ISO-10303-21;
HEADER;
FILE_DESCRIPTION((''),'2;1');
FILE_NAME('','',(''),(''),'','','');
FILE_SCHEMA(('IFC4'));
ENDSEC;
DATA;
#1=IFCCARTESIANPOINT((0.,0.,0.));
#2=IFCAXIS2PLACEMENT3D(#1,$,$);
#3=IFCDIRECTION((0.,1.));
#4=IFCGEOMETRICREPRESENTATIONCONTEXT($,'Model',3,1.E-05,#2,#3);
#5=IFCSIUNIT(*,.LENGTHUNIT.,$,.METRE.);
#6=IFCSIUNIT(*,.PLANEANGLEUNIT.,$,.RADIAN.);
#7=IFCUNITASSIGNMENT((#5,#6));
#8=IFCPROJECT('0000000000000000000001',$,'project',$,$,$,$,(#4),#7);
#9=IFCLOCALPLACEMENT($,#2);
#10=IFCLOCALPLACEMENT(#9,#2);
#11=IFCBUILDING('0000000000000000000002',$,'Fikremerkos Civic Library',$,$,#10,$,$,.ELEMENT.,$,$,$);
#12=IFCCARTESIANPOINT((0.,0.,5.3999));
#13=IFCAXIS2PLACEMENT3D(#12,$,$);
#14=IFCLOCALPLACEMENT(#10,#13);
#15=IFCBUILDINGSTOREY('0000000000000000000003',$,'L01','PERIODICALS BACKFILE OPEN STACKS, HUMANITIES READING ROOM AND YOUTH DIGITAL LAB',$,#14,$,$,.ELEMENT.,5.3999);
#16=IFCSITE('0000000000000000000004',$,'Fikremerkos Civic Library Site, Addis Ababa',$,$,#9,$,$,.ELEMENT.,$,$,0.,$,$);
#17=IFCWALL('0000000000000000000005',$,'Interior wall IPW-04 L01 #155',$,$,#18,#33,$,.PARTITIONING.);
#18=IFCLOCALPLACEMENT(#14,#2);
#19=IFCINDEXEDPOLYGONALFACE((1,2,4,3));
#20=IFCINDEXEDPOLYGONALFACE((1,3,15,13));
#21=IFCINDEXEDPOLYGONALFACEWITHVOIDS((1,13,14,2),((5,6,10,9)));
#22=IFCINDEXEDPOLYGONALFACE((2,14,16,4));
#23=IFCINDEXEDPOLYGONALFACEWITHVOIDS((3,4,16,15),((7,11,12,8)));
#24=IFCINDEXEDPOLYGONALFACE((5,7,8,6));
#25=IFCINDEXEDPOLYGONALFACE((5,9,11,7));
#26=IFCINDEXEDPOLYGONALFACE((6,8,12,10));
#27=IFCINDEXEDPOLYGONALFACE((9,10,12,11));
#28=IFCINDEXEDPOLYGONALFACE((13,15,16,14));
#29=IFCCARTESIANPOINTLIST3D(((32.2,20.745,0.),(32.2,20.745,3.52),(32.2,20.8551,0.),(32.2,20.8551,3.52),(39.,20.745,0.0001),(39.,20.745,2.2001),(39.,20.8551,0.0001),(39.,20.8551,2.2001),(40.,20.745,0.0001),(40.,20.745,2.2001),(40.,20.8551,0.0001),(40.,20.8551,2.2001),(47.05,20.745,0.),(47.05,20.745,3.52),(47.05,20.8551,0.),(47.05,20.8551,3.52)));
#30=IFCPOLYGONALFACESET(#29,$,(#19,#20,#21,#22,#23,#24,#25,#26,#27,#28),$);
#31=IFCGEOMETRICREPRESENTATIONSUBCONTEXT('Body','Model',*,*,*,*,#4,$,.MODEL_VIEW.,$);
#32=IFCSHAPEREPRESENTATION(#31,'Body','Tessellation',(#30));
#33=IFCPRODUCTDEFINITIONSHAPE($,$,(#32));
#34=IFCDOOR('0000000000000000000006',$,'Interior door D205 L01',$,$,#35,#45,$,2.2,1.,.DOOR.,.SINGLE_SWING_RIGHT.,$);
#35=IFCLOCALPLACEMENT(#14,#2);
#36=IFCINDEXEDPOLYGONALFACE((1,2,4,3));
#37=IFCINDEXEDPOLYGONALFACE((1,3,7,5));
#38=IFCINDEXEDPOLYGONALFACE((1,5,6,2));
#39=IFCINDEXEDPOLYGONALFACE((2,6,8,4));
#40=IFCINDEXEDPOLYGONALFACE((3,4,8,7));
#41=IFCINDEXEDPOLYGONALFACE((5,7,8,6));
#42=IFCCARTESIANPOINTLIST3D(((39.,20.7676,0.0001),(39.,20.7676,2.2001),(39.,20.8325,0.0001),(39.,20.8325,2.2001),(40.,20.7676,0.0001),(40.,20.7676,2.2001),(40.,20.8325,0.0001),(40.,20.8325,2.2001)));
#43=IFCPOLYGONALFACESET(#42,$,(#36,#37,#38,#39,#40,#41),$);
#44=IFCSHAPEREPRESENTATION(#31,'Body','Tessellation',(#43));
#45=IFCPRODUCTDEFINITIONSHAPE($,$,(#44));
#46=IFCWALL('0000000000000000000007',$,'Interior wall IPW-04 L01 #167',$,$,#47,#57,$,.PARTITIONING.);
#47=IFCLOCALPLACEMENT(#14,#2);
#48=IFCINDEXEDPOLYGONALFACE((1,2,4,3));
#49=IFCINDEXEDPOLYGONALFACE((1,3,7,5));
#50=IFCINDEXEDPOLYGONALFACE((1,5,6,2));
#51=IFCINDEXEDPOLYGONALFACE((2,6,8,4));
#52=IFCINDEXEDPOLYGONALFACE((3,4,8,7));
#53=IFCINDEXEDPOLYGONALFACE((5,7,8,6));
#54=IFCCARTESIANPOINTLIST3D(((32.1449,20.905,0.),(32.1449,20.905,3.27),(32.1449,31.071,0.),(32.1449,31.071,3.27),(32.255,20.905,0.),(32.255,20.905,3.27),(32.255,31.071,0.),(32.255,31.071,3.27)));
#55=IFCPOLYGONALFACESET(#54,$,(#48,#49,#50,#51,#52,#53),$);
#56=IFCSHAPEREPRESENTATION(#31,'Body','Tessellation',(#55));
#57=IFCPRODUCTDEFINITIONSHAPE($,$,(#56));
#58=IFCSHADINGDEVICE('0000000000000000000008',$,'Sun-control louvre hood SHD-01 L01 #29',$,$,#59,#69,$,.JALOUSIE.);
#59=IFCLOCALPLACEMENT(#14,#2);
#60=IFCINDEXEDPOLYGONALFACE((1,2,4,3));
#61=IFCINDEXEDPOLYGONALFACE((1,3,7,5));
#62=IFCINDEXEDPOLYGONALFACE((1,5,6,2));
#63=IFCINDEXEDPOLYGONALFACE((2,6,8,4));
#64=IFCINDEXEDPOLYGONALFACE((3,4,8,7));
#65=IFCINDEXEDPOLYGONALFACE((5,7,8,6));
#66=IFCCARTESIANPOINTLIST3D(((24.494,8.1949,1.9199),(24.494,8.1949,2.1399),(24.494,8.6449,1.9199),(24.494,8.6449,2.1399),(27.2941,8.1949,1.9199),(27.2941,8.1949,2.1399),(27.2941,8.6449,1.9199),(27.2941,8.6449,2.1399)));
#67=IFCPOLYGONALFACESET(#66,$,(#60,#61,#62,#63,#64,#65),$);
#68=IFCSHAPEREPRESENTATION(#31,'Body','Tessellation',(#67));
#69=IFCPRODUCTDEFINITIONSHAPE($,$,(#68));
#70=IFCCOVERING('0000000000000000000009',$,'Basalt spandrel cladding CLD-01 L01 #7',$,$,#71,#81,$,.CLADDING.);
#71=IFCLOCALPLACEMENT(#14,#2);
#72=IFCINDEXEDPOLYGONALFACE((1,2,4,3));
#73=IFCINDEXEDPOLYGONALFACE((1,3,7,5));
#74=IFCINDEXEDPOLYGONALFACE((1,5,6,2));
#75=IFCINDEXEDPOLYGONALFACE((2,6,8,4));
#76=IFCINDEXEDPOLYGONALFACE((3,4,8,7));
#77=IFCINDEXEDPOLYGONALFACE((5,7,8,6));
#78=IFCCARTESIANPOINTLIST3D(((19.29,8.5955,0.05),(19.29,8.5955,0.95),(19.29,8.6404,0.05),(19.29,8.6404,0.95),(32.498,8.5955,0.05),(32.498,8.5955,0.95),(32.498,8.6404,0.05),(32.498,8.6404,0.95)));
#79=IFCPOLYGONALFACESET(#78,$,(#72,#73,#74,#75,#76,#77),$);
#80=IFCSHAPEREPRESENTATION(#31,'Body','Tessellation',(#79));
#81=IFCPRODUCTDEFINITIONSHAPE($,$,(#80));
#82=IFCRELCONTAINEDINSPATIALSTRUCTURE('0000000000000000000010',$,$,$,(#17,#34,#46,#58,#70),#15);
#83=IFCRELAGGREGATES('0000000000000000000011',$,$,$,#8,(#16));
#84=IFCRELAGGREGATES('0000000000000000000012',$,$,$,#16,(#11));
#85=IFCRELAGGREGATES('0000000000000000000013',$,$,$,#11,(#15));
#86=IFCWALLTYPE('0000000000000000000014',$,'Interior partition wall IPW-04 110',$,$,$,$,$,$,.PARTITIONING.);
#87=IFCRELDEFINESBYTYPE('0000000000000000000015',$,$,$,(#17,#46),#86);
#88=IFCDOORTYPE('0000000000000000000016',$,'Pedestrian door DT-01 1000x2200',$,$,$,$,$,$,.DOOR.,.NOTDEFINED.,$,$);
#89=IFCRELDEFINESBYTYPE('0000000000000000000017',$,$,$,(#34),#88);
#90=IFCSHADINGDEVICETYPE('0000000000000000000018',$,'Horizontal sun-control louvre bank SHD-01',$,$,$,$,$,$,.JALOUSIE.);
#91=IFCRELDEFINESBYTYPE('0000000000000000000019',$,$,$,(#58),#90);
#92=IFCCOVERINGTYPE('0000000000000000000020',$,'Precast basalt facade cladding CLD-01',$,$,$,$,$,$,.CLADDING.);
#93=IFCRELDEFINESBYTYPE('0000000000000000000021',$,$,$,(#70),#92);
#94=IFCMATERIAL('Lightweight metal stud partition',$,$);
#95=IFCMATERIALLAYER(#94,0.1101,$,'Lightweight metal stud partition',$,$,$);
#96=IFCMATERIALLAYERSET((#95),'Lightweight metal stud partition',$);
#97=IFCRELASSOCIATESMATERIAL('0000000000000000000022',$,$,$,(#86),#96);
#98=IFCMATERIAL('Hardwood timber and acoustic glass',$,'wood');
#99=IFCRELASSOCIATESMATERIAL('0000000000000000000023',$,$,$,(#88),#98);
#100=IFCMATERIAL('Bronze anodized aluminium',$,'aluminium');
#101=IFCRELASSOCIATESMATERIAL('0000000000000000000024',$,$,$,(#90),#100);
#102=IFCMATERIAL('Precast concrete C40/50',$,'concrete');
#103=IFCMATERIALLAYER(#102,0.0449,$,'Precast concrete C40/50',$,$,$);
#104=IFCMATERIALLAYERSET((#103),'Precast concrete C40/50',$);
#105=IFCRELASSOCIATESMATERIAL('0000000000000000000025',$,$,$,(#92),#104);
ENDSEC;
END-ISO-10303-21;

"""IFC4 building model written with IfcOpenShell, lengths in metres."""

from ifc_helpers import new_model, si_unit, direction, frame, frame_2d, origin, origin_2d, place, context, subcontext, project, spatial, rectangle, extrude, material, layer, layer_set, type_object, element, fill, save


model = new_model("IFC4")

# Units and contexts
model_context = context("Model", 3, precision=1e-05, world=origin(), true_north=direction((0.0, 1.0)))
body_context = subcontext(model_context, "Body", "Model", "MODEL_VIEW")
ifc_project = project(units=[si_unit("LENGTHUNIT", "METRE"), si_unit("PLANEANGLEUNIT", "RADIAN")], contexts=[model_context])

# Site, building, storey
site_placement = place(None, origin())
site = spatial("IfcSite", under=ifc_project, at=site_placement, Name="Fikremerkos Civic Library Site, Addis Ababa", CompositionType="ELEMENT", RefElevation=0.0)
building_placement = place(site_placement, origin())
building = spatial("IfcBuilding", under=site, at=building_placement, Name="Fikremerkos Civic Library", CompositionType="ELEMENT")
storey_placement = place(building_placement, frame((0.0, 0.0, 5.3999)))
storey = spatial("IfcBuildingStorey", under=building, at=storey_placement, Name="L01", Description="PERIODICALS BACKFILE OPEN STACKS, HUMANITIES READING ROOM AND YOUTH DIGITAL LAB", CompositionType="ELEMENT", Elevation=5.3999)

# Shared definitions
ifc_material_1 = material(Name="Precast concrete C40/50", Category="concrete")

# Wall, opening, door
ifc_material_2 = material(Name="Lightweight metal stud partition")
ifc_layer_1 = layer(ifc_material_2, 0.1101, Name="Lightweight metal stud partition")
ifc_layer_set_1 = layer_set([ifc_layer_1], Name="Lightweight metal stud partition")
wall_type_1 = type_object("IfcWallType", Name="Interior partition wall IPW-04 110", PredefinedType="PARTITIONING", material=ifc_layer_set_1)
wall_1_placement = place(storey_placement, frame((32.2, 20.8, 0.0), z_axis=(0.0, 0.0, 1.0), x_axis=(1.0, 0.0, 0.0)))
wall_1 = element("IfcWall", 1, at=wall_1_placement, inside=storey, type_object=wall_type_1, Name="Interior wall IPW-04 L01 #155", PredefinedType="PARTITIONING", context=body_context, shape_type="SweptSolid", body=[
    extrude(rectangle(XDim=14.8501, YDim=0.1101, at=frame_2d((7.425, 0.0))), origin(), (0.0, 0.0, 1.0), 3.52),
])
opening_1_placement = place(wall_1_placement, frame((6.8, 0.0, 0.0)))
opening_1 = element("IfcOpeningElement", 2, at=opening_1_placement, cuts=wall_1, PredefinedType="OPENING", context=body_context, shape_type="SweptSolid", body=[
    extrude(rectangle(XDim=1.0, YDim=2.2, at=frame_2d((0.5, 1.1001))), frame((0.0, 0.0649, 0.0), z_axis=(0.0, -1.0, 0.0), x_axis=(1.0, 0.0, 0.0)), (0.0, 0.0, 1.0), 0.1301),
])
ifc_material_3 = material(Name="Hardwood timber and acoustic glass", Category="wood")
door_type = type_object("IfcDoorType", Name="Pedestrian door DT-01 1000x2200", OperationType="NOTDEFINED", PredefinedType="DOOR", material=ifc_material_3)
door_placement = place(opening_1_placement, origin())
door = element("IfcDoor", 3, at=door_placement, inside=storey, type_object=door_type, Name="Interior door D205 L01", OperationType="SINGLE_SWING_RIGHT", OverallHeight=2.2, OverallWidth=1.0, PredefinedType="DOOR", context=body_context, shape_type="SweptSolid", body=[
    extrude(rectangle(XDim=1.0, YDim=2.2, at=frame_2d((0.5, 1.1001))), frame((0.0, 0.0325, 0.0), z_axis=(0.0, -1.0, 0.0), x_axis=(1.0, 0.0, 0.0)), (0.0, 0.0, 1.0), 0.0649),
])
fill(opening_1, door)

# Wall
wall_2_placement = place(storey_placement, frame((32.2, 20.905, 0.0), z_axis=(0.0, 0.0, 1.0), x_axis=(0.0, 1.0, 0.0)))
element("IfcWall", 4, at=wall_2_placement, inside=storey, type_object=wall_type_1, Name="Interior wall IPW-04 L01 #167", PredefinedType="PARTITIONING", context=body_context, shape_type="SweptSolid", body=[
    extrude(rectangle(XDim=10.166, YDim=0.1101, at=frame_2d((5.083, 0.0))), origin(), (0.0, 0.0, 1.0), 3.27),
])

# Shading device
ifc_material_4 = material(Name="Bronze anodized aluminium", Category="aluminium")
shading_device_type = type_object("IfcShadingDeviceType", Name="Horizontal sun-control louvre bank SHD-01", PredefinedType="JALOUSIE", material=ifc_material_4)
shading_device_placement = place(storey_placement, frame((25.894, 8.4199, 1.9199), z_axis=(0.0, 0.0, 1.0), x_axis=(1.0, 0.0, 0.0)))
element("IfcShadingDevice", 5, at=shading_device_placement, inside=storey, type_object=shading_device_type, Name="Sun-control louvre hood SHD-01 L01 #29", PredefinedType="JALOUSIE", context=body_context, shape_type="SweptSolid", body=[
    extrude(rectangle(XDim=2.8, YDim=0.45, at=origin_2d()), origin(), (0.0, 0.0, 1.0), 0.22),
])

# Covering
ifc_layer_2 = layer(ifc_material_1, 0.0449, Name="Precast concrete C40/50")
ifc_layer_set_2 = layer_set([ifc_layer_2], Name="Precast concrete C40/50")
covering_type = type_object("IfcCoveringType", Name="Precast basalt facade cladding CLD-01", PredefinedType="CLADDING", material=ifc_layer_set_2)
covering_placement = place(storey_placement, frame((25.894, 8.6179, 0.05), z_axis=(0.0, 0.0, 1.0), x_axis=(1.0, 0.0, 0.0)))
element("IfcCovering", 6, at=covering_placement, inside=storey, type_object=covering_type, Name="Basalt spandrel cladding CLD-01 L01 #7", PredefinedType="CLADDING", context=body_context, shape_type="SweptSolid", body=[
    extrude(rectangle(XDim=13.208, YDim=0.0449, at=origin_2d()), origin(), (0.0, 0.0, 1.0), 0.8999),
])

save(model, "model.ifc")
